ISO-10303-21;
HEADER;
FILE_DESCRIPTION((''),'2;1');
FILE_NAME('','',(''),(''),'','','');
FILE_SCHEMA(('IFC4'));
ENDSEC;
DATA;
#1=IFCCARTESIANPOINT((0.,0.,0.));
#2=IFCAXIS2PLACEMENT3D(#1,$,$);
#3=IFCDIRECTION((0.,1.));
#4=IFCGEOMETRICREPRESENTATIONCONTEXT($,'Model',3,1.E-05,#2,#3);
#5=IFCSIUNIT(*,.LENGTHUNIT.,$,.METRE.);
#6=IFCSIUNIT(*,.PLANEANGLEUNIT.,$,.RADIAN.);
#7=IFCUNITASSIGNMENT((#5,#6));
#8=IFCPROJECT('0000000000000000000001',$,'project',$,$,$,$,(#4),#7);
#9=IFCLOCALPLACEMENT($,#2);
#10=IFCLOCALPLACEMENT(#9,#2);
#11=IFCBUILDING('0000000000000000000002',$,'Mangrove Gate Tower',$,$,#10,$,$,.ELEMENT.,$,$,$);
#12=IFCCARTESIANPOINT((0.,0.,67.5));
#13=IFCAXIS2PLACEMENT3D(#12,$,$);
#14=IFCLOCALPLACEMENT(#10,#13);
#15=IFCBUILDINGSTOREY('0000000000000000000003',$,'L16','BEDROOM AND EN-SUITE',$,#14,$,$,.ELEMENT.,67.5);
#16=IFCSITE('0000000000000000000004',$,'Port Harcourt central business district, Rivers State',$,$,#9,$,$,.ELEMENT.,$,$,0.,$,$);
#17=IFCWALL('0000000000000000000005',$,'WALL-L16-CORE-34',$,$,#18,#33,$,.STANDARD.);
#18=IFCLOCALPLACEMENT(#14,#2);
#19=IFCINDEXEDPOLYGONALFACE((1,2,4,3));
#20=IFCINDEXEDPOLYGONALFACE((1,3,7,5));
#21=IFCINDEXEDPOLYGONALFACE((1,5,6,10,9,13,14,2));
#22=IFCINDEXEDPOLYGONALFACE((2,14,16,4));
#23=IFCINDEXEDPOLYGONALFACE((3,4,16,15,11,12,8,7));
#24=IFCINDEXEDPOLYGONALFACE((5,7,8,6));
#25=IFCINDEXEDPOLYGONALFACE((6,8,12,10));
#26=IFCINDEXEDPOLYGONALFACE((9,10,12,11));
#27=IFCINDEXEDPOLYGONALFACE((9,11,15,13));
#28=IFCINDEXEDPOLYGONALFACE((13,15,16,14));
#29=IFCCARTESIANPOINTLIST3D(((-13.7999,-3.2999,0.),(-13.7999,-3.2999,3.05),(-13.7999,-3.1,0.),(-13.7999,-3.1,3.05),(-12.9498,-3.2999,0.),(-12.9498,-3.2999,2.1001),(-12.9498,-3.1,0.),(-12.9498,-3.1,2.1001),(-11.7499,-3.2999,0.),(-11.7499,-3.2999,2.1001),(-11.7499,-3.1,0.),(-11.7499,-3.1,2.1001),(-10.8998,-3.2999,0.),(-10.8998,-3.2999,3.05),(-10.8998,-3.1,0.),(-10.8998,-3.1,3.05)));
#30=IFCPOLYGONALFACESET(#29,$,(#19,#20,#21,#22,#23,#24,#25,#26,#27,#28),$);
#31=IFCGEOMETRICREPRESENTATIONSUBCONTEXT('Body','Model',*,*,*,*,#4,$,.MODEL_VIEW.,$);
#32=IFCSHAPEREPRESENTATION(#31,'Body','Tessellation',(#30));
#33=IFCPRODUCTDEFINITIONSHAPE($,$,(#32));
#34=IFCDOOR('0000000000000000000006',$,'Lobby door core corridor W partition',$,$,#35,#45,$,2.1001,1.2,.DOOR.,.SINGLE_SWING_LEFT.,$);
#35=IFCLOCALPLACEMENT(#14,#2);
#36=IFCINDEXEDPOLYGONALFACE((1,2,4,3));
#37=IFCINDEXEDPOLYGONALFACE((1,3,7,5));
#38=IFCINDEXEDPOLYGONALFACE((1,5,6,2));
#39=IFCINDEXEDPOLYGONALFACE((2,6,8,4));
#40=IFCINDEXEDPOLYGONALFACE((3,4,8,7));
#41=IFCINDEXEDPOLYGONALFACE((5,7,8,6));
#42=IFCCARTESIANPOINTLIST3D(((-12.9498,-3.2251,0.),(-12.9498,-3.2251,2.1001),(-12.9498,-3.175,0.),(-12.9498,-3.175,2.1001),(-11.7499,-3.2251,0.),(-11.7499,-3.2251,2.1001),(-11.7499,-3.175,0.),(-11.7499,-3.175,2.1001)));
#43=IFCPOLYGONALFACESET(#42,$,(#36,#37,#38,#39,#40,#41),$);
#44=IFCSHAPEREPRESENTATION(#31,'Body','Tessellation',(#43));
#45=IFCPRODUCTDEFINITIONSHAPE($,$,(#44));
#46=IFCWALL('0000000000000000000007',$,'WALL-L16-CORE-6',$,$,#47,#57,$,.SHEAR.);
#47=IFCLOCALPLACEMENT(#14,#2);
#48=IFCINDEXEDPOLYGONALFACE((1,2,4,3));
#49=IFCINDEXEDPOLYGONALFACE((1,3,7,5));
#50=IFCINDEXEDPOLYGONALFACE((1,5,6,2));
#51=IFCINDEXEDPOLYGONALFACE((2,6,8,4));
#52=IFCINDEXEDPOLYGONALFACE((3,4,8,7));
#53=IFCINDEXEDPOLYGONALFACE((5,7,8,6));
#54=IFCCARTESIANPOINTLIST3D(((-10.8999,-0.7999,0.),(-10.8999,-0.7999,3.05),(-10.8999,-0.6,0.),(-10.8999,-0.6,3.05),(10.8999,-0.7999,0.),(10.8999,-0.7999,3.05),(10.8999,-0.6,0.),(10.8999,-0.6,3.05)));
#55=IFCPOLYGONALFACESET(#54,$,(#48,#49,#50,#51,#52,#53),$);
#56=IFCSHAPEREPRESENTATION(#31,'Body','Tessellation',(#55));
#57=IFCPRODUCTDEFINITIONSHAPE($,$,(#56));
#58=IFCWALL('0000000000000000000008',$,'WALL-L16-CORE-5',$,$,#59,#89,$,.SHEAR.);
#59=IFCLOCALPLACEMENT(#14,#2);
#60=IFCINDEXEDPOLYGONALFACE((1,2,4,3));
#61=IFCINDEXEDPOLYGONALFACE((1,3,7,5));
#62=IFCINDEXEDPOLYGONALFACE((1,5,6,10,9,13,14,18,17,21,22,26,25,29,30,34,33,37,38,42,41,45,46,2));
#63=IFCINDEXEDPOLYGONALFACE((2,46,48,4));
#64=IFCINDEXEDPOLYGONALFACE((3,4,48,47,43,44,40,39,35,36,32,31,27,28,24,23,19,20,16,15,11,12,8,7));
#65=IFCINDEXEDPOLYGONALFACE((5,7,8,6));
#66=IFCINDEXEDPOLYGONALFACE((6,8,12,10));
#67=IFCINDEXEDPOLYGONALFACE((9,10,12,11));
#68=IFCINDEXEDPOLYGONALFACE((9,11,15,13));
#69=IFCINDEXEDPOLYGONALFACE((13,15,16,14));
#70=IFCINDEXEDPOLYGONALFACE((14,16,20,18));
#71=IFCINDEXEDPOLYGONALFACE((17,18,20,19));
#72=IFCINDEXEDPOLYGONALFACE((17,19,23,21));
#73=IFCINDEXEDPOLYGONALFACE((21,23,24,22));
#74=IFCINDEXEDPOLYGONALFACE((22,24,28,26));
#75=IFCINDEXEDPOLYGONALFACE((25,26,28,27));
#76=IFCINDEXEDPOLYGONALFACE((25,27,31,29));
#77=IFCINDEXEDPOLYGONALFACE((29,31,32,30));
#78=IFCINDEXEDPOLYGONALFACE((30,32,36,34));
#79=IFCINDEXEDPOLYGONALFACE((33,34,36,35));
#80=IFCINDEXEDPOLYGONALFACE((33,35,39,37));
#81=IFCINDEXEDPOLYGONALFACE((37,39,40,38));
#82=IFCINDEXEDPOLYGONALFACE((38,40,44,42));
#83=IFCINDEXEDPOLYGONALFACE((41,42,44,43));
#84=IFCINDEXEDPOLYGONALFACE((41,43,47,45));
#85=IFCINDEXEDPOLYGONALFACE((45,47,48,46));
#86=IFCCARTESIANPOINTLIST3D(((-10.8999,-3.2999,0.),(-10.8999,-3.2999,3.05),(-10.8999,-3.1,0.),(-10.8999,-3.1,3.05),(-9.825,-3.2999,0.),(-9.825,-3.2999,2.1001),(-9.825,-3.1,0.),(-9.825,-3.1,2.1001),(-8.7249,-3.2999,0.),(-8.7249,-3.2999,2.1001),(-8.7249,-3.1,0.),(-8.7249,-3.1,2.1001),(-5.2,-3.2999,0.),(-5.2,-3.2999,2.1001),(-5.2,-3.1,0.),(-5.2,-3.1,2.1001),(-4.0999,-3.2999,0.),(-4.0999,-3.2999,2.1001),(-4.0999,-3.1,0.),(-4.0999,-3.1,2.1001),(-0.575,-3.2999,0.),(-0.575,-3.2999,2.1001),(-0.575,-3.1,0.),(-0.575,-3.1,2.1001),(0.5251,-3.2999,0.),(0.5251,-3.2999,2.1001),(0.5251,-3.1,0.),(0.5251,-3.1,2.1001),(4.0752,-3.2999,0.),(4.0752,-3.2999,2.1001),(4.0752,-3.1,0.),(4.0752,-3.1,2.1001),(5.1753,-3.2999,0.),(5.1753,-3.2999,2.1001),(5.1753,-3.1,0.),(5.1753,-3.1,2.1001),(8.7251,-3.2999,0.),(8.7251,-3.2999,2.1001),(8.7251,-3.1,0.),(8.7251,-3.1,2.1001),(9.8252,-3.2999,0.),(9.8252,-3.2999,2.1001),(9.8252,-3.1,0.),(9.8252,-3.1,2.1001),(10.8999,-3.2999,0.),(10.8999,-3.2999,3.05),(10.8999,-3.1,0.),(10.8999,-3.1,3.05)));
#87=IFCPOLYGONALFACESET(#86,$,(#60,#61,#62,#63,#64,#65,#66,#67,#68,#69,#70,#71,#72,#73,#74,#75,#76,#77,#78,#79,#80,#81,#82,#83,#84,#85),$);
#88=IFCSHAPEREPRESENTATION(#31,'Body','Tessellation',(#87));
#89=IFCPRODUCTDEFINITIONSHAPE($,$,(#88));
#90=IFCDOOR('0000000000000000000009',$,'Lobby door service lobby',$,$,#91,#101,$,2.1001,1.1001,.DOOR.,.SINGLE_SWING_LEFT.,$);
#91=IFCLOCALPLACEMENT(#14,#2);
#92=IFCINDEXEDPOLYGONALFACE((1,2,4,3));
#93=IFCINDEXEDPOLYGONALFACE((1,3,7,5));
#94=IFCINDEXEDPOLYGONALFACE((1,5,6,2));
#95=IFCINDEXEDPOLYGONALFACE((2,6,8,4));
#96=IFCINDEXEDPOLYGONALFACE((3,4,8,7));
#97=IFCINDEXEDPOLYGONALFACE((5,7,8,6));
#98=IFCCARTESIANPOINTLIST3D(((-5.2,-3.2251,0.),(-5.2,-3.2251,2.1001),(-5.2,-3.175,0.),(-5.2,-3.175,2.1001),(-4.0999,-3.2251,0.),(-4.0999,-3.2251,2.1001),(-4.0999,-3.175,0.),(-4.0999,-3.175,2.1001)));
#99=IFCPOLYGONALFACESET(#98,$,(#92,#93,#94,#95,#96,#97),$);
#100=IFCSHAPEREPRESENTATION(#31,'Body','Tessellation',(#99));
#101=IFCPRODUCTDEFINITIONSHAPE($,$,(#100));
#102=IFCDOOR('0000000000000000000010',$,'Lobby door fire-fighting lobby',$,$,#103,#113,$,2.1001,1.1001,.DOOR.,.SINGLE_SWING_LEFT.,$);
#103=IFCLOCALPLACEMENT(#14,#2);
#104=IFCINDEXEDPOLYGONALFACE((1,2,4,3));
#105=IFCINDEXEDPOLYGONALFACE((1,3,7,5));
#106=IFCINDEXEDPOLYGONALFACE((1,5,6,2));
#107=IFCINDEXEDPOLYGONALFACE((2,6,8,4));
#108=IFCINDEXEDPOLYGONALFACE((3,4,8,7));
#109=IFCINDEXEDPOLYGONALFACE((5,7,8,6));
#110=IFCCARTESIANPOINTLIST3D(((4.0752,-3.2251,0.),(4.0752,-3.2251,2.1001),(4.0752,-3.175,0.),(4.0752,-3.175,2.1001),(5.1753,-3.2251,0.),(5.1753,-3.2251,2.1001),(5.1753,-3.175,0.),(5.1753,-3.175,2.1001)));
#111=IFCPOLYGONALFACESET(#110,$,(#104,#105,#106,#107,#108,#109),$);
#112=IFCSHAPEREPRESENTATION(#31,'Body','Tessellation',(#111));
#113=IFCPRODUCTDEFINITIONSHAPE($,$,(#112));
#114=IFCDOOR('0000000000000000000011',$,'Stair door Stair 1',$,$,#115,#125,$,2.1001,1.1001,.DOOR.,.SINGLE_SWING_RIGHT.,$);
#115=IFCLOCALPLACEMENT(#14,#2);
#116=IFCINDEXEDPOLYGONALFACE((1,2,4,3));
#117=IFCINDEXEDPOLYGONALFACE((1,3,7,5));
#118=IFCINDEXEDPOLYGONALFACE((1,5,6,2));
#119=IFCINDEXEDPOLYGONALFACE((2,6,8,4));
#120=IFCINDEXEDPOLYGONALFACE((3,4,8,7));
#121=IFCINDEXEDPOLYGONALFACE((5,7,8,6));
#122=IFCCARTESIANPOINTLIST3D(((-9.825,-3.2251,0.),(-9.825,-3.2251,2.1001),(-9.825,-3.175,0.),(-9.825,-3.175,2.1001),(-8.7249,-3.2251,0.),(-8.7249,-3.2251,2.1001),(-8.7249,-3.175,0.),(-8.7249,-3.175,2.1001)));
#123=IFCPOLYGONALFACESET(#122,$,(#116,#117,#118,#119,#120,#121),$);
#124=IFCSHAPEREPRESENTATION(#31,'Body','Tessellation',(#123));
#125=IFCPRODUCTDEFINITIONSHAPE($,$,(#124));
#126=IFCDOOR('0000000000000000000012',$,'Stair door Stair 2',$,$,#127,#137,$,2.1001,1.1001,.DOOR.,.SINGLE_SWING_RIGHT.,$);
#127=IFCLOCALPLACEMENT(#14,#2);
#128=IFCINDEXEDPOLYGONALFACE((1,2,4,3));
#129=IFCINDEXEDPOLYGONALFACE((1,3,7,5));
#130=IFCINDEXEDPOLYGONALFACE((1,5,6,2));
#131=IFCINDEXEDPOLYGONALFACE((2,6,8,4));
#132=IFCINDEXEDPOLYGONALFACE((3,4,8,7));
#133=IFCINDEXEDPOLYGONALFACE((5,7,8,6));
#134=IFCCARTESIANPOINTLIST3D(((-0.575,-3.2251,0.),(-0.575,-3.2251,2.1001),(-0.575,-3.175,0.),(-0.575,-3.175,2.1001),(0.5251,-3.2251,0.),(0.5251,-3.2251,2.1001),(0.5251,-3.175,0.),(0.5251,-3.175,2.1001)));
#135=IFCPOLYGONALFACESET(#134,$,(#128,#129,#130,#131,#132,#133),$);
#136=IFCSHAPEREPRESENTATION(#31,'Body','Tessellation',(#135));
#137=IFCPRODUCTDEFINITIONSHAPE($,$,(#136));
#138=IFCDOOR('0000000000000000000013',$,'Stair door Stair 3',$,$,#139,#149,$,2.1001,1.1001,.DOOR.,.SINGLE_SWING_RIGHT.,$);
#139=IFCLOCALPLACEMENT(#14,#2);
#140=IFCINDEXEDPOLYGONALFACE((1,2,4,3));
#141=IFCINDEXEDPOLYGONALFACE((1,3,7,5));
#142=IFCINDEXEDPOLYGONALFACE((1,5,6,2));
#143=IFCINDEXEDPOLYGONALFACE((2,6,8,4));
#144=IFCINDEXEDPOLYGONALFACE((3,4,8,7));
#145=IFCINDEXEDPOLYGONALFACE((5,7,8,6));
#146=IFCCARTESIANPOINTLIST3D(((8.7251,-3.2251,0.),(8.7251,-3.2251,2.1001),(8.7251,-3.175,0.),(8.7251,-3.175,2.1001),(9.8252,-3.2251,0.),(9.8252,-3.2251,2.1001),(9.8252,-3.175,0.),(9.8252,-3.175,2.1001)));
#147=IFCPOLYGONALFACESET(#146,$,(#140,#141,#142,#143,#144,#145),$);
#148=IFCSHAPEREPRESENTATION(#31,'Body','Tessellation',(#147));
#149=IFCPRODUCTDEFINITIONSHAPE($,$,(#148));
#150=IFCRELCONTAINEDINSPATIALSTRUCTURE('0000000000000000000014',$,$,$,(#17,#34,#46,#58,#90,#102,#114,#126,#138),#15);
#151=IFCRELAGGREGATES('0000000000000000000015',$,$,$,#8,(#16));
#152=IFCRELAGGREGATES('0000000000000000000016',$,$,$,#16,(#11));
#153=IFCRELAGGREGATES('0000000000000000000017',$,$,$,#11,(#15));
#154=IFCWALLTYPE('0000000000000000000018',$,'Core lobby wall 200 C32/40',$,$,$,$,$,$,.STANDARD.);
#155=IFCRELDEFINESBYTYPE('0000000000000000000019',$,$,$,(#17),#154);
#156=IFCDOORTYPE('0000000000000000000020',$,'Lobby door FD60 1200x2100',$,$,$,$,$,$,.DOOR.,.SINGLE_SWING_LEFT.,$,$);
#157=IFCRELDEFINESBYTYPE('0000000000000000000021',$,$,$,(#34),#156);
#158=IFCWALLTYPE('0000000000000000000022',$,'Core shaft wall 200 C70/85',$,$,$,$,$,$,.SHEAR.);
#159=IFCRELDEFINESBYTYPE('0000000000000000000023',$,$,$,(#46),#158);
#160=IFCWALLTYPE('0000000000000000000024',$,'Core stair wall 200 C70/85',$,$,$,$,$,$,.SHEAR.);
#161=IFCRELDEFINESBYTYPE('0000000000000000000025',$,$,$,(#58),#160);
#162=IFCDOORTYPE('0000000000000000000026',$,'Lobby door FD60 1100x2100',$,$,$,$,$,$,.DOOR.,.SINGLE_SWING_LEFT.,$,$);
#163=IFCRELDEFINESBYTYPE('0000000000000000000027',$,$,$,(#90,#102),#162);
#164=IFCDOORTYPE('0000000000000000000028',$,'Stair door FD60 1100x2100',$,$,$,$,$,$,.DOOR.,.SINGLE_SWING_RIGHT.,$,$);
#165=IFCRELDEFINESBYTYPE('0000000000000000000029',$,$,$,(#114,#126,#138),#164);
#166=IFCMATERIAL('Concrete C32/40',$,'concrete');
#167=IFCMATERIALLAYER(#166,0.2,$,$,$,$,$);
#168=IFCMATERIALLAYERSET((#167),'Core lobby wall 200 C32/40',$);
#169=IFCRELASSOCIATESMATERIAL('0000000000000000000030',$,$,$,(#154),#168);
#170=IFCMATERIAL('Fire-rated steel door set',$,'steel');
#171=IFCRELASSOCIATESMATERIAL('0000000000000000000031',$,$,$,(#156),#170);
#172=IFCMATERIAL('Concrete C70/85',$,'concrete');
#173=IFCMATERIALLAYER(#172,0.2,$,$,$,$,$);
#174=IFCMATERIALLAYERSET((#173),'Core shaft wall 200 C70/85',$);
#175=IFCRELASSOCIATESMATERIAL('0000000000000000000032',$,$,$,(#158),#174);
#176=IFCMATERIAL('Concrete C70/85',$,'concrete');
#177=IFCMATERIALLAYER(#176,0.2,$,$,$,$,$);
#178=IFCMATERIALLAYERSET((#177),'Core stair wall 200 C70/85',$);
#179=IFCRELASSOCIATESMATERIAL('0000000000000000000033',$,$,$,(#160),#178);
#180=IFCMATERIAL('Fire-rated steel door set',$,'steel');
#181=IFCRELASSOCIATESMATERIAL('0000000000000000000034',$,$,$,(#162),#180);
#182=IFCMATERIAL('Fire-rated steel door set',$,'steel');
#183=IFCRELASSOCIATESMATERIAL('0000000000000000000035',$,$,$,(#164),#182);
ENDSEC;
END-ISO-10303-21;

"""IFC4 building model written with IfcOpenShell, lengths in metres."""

from ifc_helpers import new_model, si_unit, direction, frame, frame_2d, origin, place, context, subcontext, project, spatial, rectangle, extrude, material, layer, layer_set, type_object, element, fill, save


model = new_model("IFC4")

# Units and contexts
model_context = context("Model", 3, precision=1e-05, world=origin(), true_north=direction((0.0, 1.0)))
body_context = subcontext(model_context, "Body", "Model", "MODEL_VIEW")
ifc_project = project(units=[si_unit("LENGTHUNIT", "METRE"), si_unit("PLANEANGLEUNIT", "RADIAN")], contexts=[model_context])

# Site, building, storey
site_placement = place(None, origin())
site = spatial("IfcSite", under=ifc_project, at=site_placement, Name="Port Harcourt central business district, Rivers State", CompositionType="ELEMENT", RefElevation=0.0)
building_placement = place(site_placement, origin())
building = spatial("IfcBuilding", under=site, at=building_placement, Name="Mangrove Gate Tower", CompositionType="ELEMENT")
storey_placement = place(building_placement, frame((0.0, 0.0, 67.5)))
storey = spatial("IfcBuildingStorey", under=building, at=storey_placement, Name="L16", Description="BEDROOM AND EN-SUITE", CompositionType="ELEMENT", Elevation=67.5)

# Wall, opening, door
ifc_material_1 = material(Name="Concrete C32/40", Category="concrete")
ifc_layer_1 = layer(ifc_material_1, 0.2)
ifc_layer_set_1 = layer_set([ifc_layer_1], Name="Core lobby wall 200 C32/40")
wall_type_1 = type_object("IfcWallType", Name="Core lobby wall 200 C32/40", PredefinedType="STANDARD", material=ifc_layer_set_1)
wall_1_placement = place(storey_placement, frame((-13.8, -3.2, 0.0), z_axis=(0.0, 0.0, 1.0), x_axis=(1.0, 0.0, 0.0)))
wall_1 = element("IfcWall", 1, at=wall_1_placement, inside=storey, type_object=wall_type_1, Name="WALL-L16-CORE-34", PredefinedType="STANDARD", context=body_context, shape_type="SweptSolid", body=[
    extrude(rectangle(XDim=2.9001, YDim=0.2, at=frame_2d((1.4502, 0.0))), origin(), (0.0, 0.0, 1.0), 3.05),
])
opening_1_placement = place(wall_1_placement, frame((0.8501, 0.0, 0.0)))
opening_1 = element("IfcOpeningElement", 2, at=opening_1_placement, cuts=wall_1, PredefinedType="OPENING", context=body_context, shape_type="SweptSolid", body=[
    extrude(rectangle(XDim=1.2, YDim=2.1001, at=frame_2d((0.6001, 1.05))), frame((0.0, 0.1099, 0.0), z_axis=(0.0, -1.0, 0.0), x_axis=(1.0, 0.0, 0.0)), (0.0, 0.0, 1.0), 0.22),
])
ifc_material_2 = material(Name="Fire-rated steel door set", Category="steel")
door_type_1 = type_object("IfcDoorType", Name="Lobby door FD60 1200x2100", OperationType="SINGLE_SWING_LEFT", PredefinedType="DOOR", material=ifc_material_2)
door_1_placement = place(opening_1_placement, origin())
door_1 = element("IfcDoor", 3, at=door_1_placement, inside=storey, type_object=door_type_1, Name="Lobby door core corridor W partition", OperationType="SINGLE_SWING_LEFT", OverallHeight=2.1001, OverallWidth=1.2, PredefinedType="DOOR", context=body_context, shape_type="SweptSolid", body=[
    extrude(rectangle(XDim=1.2, YDim=2.1001, at=frame_2d((0.6001, 1.05))), frame((0.0, 0.0249, 0.0), z_axis=(0.0, -1.0, 0.0), x_axis=(1.0, 0.0, 0.0)), (0.0, 0.0, 1.0), 0.05),
])
fill(opening_1, door_1)

# Wall
ifc_material_3 = material(Name="Concrete C70/85", Category="concrete")
ifc_layer_2 = layer(ifc_material_3, 0.2)
ifc_layer_set_2 = layer_set([ifc_layer_2], Name="Core shaft wall 200 C70/85")
wall_type_2 = type_object("IfcWallType", Name="Core shaft wall 200 C70/85", PredefinedType="SHEAR", material=ifc_layer_set_2)
wall_2_placement = place(storey_placement, frame((-10.8999, -0.7, 0.0), z_axis=(0.0, 0.0, 1.0), x_axis=(1.0, 0.0, 0.0)))
element("IfcWall", 4, at=wall_2_placement, inside=storey, type_object=wall_type_2, Name="WALL-L16-CORE-6", PredefinedType="SHEAR", context=body_context, shape_type="SweptSolid", body=[
    extrude(rectangle(XDim=21.7998, YDim=0.2, at=frame_2d((10.8999, 0.0))), origin(), (0.0, 0.0, 1.0), 3.05),
])

# Wall, openings, doors
ifc_material_4 = material(Name="Concrete C70/85", Category="concrete")
ifc_layer_3 = layer(ifc_material_4, 0.2)
ifc_layer_set_3 = layer_set([ifc_layer_3], Name="Core stair wall 200 C70/85")
wall_type_3 = type_object("IfcWallType", Name="Core stair wall 200 C70/85", PredefinedType="SHEAR", material=ifc_layer_set_3)
wall_3_placement = place(storey_placement, frame((-10.8999, -3.2, 0.0), z_axis=(0.0, 0.0, 1.0), x_axis=(1.0, 0.0, 0.0)))
wall_3 = element("IfcWall", 5, at=wall_3_placement, inside=storey, type_object=wall_type_3, Name="WALL-L16-CORE-5", PredefinedType="SHEAR", context=body_context, shape_type="SweptSolid", body=[
    extrude(rectangle(XDim=21.7998, YDim=0.2, at=frame_2d((10.8999, 0.0))), origin(), (0.0, 0.0, 1.0), 3.05),
])
opening_2_placement = place(wall_3_placement, frame((1.075, 0.0, 0.0)))
opening_2 = element("IfcOpeningElement", 6, at=opening_2_placement, cuts=wall_3, PredefinedType="OPENING", context=body_context, shape_type="SweptSolid", body=[
    extrude(rectangle(XDim=1.1001, YDim=2.1001, at=frame_2d((0.55, 1.05))), frame((0.0, 0.1099, 0.0), z_axis=(0.0, -1.0, 0.0), x_axis=(1.0, 0.0, 0.0)), (0.0, 0.0, 1.0), 0.22),
])
opening_3_placement = place(wall_3_placement, frame((10.325, 0.0, 0.0)))
opening_3 = element("IfcOpeningElement", 7, at=opening_3_placement, cuts=wall_3, PredefinedType="OPENING", context=body_context, shape_type="SweptSolid", body=[
    extrude(rectangle(XDim=1.1001, YDim=2.1001, at=frame_2d((0.55, 1.05))), frame((0.0, 0.1099, 0.0), z_axis=(0.0, -1.0, 0.0), x_axis=(1.0, 0.0, 0.0)), (0.0, 0.0, 1.0), 0.22),
])
opening_4_placement = place(wall_3_placement, frame((19.625, 0.0, 0.0)))
opening_4 = element("IfcOpeningElement", 8, at=opening_4_placement, cuts=wall_3, PredefinedType="OPENING", context=body_context, shape_type="SweptSolid", body=[
    extrude(rectangle(XDim=1.1001, YDim=2.1001, at=frame_2d((0.55, 1.05))), frame((0.0, 0.1099, 0.0), z_axis=(0.0, -1.0, 0.0), x_axis=(1.0, 0.0, 0.0)), (0.0, 0.0, 1.0), 0.22),
])
opening_5_placement = place(wall_3_placement, frame((5.7, 0.0, 0.0)))
opening_5 = element("IfcOpeningElement", 9, at=opening_5_placement, cuts=wall_3, PredefinedType="OPENING", context=body_context, shape_type="SweptSolid", body=[
    extrude(rectangle(XDim=1.1001, YDim=2.1001, at=frame_2d((0.55, 1.05))), frame((0.0, 0.1099, 0.0), z_axis=(0.0, -1.0, 0.0), x_axis=(1.0, 0.0, 0.0)), (0.0, 0.0, 1.0), 0.22),
])
opening_6_placement = place(wall_3_placement, frame((14.9751, 0.0, 0.0)))
opening_6 = element("IfcOpeningElement", 10, at=opening_6_placement, cuts=wall_3, PredefinedType="OPENING", context=body_context, shape_type="SweptSolid", body=[
    extrude(rectangle(XDim=1.1001, YDim=2.1001, at=frame_2d((0.55, 1.05))), frame((0.0, 0.1099, 0.0), z_axis=(0.0, -1.0, 0.0), x_axis=(1.0, 0.0, 0.0)), (0.0, 0.0, 1.0), 0.22),
])
ifc_material_5 = material(Name="Fire-rated steel door set", Category="steel")
door_type_2 = type_object("IfcDoorType", Name="Lobby door FD60 1100x2100", OperationType="SINGLE_SWING_LEFT", PredefinedType="DOOR", material=ifc_material_5)
door_2_placement = place(opening_5_placement, origin())
door_2 = element("IfcDoor", 11, at=door_2_placement, inside=storey, type_object=door_type_2, Name="Lobby door service lobby", OperationType="SINGLE_SWING_LEFT", OverallHeight=2.1001, OverallWidth=1.1001, PredefinedType="DOOR", context=body_context, shape_type="SweptSolid", body=[
    extrude(rectangle(XDim=1.1001, YDim=2.1001, at=frame_2d((0.55, 1.05))), frame((0.0, 0.0249, 0.0), z_axis=(0.0, -1.0, 0.0), x_axis=(1.0, 0.0, 0.0)), (0.0, 0.0, 1.0), 0.05),
])
fill(opening_5, door_2)
door_3_placement = place(opening_6_placement, origin())
door_3 = element("IfcDoor", 12, at=door_3_placement, inside=storey, type_object=door_type_2, Name="Lobby door fire-fighting lobby", OperationType="SINGLE_SWING_LEFT", OverallHeight=2.1001, OverallWidth=1.1001, PredefinedType="DOOR", context=body_context, shape_type="SweptSolid", body=[
    extrude(rectangle(XDim=1.1001, YDim=2.1001, at=frame_2d((0.55, 1.05))), frame((0.0, 0.0249, 0.0), z_axis=(0.0, -1.0, 0.0), x_axis=(1.0, 0.0, 0.0)), (0.0, 0.0, 1.0), 0.05),
])
fill(opening_6, door_3)
ifc_material_6 = material(Name="Fire-rated steel door set", Category="steel")
door_type_3 = type_object("IfcDoorType", Name="Stair door FD60 1100x2100", OperationType="SINGLE_SWING_RIGHT", PredefinedType="DOOR", material=ifc_material_6)
door_4_placement = place(opening_2_placement, origin())
door_4 = element("IfcDoor", 13, at=door_4_placement, inside=storey, type_object=door_type_3, Name="Stair door Stair 1", OperationType="SINGLE_SWING_RIGHT", OverallHeight=2.1001, OverallWidth=1.1001, PredefinedType="DOOR", context=body_context, shape_type="SweptSolid", body=[
    extrude(rectangle(XDim=1.1001, YDim=2.1001, at=frame_2d((0.55, 1.05))), frame((0.0, 0.0249, 0.0), z_axis=(0.0, -1.0, 0.0), x_axis=(1.0, 0.0, 0.0)), (0.0, 0.0, 1.0), 0.05),
])
fill(opening_2, door_4)
door_5_placement = place(opening_3_placement, origin())
door_5 = element("IfcDoor", 14, at=door_5_placement, inside=storey, type_object=door_type_3, Name="Stair door Stair 2", OperationType="SINGLE_SWING_RIGHT", OverallHeight=2.1001, OverallWidth=1.1001, PredefinedType="DOOR", context=body_context, shape_type="SweptSolid", body=[
    extrude(rectangle(XDim=1.1001, YDim=2.1001, at=frame_2d((0.55, 1.05))), frame((0.0, 0.0249, 0.0), z_axis=(0.0, -1.0, 0.0), x_axis=(1.0, 0.0, 0.0)), (0.0, 0.0, 1.0), 0.05),
])
fill(opening_3, door_5)
door_6_placement = place(opening_4_placement, origin())
door_6 = element("IfcDoor", 15, at=door_6_placement, inside=storey, type_object=door_type_3, Name="Stair door Stair 3", OperationType="SINGLE_SWING_RIGHT", OverallHeight=2.1001, OverallWidth=1.1001, PredefinedType="DOOR", context=body_context, shape_type="SweptSolid", body=[
    extrude(rectangle(XDim=1.1001, YDim=2.1001, at=frame_2d((0.55, 1.05))), frame((0.0, 0.0249, 0.0), z_axis=(0.0, -1.0, 0.0), x_axis=(1.0, 0.0, 0.0)), (0.0, 0.0, 1.0), 0.05),
])
fill(opening_4, door_6)

save(model, "model.ifc")
